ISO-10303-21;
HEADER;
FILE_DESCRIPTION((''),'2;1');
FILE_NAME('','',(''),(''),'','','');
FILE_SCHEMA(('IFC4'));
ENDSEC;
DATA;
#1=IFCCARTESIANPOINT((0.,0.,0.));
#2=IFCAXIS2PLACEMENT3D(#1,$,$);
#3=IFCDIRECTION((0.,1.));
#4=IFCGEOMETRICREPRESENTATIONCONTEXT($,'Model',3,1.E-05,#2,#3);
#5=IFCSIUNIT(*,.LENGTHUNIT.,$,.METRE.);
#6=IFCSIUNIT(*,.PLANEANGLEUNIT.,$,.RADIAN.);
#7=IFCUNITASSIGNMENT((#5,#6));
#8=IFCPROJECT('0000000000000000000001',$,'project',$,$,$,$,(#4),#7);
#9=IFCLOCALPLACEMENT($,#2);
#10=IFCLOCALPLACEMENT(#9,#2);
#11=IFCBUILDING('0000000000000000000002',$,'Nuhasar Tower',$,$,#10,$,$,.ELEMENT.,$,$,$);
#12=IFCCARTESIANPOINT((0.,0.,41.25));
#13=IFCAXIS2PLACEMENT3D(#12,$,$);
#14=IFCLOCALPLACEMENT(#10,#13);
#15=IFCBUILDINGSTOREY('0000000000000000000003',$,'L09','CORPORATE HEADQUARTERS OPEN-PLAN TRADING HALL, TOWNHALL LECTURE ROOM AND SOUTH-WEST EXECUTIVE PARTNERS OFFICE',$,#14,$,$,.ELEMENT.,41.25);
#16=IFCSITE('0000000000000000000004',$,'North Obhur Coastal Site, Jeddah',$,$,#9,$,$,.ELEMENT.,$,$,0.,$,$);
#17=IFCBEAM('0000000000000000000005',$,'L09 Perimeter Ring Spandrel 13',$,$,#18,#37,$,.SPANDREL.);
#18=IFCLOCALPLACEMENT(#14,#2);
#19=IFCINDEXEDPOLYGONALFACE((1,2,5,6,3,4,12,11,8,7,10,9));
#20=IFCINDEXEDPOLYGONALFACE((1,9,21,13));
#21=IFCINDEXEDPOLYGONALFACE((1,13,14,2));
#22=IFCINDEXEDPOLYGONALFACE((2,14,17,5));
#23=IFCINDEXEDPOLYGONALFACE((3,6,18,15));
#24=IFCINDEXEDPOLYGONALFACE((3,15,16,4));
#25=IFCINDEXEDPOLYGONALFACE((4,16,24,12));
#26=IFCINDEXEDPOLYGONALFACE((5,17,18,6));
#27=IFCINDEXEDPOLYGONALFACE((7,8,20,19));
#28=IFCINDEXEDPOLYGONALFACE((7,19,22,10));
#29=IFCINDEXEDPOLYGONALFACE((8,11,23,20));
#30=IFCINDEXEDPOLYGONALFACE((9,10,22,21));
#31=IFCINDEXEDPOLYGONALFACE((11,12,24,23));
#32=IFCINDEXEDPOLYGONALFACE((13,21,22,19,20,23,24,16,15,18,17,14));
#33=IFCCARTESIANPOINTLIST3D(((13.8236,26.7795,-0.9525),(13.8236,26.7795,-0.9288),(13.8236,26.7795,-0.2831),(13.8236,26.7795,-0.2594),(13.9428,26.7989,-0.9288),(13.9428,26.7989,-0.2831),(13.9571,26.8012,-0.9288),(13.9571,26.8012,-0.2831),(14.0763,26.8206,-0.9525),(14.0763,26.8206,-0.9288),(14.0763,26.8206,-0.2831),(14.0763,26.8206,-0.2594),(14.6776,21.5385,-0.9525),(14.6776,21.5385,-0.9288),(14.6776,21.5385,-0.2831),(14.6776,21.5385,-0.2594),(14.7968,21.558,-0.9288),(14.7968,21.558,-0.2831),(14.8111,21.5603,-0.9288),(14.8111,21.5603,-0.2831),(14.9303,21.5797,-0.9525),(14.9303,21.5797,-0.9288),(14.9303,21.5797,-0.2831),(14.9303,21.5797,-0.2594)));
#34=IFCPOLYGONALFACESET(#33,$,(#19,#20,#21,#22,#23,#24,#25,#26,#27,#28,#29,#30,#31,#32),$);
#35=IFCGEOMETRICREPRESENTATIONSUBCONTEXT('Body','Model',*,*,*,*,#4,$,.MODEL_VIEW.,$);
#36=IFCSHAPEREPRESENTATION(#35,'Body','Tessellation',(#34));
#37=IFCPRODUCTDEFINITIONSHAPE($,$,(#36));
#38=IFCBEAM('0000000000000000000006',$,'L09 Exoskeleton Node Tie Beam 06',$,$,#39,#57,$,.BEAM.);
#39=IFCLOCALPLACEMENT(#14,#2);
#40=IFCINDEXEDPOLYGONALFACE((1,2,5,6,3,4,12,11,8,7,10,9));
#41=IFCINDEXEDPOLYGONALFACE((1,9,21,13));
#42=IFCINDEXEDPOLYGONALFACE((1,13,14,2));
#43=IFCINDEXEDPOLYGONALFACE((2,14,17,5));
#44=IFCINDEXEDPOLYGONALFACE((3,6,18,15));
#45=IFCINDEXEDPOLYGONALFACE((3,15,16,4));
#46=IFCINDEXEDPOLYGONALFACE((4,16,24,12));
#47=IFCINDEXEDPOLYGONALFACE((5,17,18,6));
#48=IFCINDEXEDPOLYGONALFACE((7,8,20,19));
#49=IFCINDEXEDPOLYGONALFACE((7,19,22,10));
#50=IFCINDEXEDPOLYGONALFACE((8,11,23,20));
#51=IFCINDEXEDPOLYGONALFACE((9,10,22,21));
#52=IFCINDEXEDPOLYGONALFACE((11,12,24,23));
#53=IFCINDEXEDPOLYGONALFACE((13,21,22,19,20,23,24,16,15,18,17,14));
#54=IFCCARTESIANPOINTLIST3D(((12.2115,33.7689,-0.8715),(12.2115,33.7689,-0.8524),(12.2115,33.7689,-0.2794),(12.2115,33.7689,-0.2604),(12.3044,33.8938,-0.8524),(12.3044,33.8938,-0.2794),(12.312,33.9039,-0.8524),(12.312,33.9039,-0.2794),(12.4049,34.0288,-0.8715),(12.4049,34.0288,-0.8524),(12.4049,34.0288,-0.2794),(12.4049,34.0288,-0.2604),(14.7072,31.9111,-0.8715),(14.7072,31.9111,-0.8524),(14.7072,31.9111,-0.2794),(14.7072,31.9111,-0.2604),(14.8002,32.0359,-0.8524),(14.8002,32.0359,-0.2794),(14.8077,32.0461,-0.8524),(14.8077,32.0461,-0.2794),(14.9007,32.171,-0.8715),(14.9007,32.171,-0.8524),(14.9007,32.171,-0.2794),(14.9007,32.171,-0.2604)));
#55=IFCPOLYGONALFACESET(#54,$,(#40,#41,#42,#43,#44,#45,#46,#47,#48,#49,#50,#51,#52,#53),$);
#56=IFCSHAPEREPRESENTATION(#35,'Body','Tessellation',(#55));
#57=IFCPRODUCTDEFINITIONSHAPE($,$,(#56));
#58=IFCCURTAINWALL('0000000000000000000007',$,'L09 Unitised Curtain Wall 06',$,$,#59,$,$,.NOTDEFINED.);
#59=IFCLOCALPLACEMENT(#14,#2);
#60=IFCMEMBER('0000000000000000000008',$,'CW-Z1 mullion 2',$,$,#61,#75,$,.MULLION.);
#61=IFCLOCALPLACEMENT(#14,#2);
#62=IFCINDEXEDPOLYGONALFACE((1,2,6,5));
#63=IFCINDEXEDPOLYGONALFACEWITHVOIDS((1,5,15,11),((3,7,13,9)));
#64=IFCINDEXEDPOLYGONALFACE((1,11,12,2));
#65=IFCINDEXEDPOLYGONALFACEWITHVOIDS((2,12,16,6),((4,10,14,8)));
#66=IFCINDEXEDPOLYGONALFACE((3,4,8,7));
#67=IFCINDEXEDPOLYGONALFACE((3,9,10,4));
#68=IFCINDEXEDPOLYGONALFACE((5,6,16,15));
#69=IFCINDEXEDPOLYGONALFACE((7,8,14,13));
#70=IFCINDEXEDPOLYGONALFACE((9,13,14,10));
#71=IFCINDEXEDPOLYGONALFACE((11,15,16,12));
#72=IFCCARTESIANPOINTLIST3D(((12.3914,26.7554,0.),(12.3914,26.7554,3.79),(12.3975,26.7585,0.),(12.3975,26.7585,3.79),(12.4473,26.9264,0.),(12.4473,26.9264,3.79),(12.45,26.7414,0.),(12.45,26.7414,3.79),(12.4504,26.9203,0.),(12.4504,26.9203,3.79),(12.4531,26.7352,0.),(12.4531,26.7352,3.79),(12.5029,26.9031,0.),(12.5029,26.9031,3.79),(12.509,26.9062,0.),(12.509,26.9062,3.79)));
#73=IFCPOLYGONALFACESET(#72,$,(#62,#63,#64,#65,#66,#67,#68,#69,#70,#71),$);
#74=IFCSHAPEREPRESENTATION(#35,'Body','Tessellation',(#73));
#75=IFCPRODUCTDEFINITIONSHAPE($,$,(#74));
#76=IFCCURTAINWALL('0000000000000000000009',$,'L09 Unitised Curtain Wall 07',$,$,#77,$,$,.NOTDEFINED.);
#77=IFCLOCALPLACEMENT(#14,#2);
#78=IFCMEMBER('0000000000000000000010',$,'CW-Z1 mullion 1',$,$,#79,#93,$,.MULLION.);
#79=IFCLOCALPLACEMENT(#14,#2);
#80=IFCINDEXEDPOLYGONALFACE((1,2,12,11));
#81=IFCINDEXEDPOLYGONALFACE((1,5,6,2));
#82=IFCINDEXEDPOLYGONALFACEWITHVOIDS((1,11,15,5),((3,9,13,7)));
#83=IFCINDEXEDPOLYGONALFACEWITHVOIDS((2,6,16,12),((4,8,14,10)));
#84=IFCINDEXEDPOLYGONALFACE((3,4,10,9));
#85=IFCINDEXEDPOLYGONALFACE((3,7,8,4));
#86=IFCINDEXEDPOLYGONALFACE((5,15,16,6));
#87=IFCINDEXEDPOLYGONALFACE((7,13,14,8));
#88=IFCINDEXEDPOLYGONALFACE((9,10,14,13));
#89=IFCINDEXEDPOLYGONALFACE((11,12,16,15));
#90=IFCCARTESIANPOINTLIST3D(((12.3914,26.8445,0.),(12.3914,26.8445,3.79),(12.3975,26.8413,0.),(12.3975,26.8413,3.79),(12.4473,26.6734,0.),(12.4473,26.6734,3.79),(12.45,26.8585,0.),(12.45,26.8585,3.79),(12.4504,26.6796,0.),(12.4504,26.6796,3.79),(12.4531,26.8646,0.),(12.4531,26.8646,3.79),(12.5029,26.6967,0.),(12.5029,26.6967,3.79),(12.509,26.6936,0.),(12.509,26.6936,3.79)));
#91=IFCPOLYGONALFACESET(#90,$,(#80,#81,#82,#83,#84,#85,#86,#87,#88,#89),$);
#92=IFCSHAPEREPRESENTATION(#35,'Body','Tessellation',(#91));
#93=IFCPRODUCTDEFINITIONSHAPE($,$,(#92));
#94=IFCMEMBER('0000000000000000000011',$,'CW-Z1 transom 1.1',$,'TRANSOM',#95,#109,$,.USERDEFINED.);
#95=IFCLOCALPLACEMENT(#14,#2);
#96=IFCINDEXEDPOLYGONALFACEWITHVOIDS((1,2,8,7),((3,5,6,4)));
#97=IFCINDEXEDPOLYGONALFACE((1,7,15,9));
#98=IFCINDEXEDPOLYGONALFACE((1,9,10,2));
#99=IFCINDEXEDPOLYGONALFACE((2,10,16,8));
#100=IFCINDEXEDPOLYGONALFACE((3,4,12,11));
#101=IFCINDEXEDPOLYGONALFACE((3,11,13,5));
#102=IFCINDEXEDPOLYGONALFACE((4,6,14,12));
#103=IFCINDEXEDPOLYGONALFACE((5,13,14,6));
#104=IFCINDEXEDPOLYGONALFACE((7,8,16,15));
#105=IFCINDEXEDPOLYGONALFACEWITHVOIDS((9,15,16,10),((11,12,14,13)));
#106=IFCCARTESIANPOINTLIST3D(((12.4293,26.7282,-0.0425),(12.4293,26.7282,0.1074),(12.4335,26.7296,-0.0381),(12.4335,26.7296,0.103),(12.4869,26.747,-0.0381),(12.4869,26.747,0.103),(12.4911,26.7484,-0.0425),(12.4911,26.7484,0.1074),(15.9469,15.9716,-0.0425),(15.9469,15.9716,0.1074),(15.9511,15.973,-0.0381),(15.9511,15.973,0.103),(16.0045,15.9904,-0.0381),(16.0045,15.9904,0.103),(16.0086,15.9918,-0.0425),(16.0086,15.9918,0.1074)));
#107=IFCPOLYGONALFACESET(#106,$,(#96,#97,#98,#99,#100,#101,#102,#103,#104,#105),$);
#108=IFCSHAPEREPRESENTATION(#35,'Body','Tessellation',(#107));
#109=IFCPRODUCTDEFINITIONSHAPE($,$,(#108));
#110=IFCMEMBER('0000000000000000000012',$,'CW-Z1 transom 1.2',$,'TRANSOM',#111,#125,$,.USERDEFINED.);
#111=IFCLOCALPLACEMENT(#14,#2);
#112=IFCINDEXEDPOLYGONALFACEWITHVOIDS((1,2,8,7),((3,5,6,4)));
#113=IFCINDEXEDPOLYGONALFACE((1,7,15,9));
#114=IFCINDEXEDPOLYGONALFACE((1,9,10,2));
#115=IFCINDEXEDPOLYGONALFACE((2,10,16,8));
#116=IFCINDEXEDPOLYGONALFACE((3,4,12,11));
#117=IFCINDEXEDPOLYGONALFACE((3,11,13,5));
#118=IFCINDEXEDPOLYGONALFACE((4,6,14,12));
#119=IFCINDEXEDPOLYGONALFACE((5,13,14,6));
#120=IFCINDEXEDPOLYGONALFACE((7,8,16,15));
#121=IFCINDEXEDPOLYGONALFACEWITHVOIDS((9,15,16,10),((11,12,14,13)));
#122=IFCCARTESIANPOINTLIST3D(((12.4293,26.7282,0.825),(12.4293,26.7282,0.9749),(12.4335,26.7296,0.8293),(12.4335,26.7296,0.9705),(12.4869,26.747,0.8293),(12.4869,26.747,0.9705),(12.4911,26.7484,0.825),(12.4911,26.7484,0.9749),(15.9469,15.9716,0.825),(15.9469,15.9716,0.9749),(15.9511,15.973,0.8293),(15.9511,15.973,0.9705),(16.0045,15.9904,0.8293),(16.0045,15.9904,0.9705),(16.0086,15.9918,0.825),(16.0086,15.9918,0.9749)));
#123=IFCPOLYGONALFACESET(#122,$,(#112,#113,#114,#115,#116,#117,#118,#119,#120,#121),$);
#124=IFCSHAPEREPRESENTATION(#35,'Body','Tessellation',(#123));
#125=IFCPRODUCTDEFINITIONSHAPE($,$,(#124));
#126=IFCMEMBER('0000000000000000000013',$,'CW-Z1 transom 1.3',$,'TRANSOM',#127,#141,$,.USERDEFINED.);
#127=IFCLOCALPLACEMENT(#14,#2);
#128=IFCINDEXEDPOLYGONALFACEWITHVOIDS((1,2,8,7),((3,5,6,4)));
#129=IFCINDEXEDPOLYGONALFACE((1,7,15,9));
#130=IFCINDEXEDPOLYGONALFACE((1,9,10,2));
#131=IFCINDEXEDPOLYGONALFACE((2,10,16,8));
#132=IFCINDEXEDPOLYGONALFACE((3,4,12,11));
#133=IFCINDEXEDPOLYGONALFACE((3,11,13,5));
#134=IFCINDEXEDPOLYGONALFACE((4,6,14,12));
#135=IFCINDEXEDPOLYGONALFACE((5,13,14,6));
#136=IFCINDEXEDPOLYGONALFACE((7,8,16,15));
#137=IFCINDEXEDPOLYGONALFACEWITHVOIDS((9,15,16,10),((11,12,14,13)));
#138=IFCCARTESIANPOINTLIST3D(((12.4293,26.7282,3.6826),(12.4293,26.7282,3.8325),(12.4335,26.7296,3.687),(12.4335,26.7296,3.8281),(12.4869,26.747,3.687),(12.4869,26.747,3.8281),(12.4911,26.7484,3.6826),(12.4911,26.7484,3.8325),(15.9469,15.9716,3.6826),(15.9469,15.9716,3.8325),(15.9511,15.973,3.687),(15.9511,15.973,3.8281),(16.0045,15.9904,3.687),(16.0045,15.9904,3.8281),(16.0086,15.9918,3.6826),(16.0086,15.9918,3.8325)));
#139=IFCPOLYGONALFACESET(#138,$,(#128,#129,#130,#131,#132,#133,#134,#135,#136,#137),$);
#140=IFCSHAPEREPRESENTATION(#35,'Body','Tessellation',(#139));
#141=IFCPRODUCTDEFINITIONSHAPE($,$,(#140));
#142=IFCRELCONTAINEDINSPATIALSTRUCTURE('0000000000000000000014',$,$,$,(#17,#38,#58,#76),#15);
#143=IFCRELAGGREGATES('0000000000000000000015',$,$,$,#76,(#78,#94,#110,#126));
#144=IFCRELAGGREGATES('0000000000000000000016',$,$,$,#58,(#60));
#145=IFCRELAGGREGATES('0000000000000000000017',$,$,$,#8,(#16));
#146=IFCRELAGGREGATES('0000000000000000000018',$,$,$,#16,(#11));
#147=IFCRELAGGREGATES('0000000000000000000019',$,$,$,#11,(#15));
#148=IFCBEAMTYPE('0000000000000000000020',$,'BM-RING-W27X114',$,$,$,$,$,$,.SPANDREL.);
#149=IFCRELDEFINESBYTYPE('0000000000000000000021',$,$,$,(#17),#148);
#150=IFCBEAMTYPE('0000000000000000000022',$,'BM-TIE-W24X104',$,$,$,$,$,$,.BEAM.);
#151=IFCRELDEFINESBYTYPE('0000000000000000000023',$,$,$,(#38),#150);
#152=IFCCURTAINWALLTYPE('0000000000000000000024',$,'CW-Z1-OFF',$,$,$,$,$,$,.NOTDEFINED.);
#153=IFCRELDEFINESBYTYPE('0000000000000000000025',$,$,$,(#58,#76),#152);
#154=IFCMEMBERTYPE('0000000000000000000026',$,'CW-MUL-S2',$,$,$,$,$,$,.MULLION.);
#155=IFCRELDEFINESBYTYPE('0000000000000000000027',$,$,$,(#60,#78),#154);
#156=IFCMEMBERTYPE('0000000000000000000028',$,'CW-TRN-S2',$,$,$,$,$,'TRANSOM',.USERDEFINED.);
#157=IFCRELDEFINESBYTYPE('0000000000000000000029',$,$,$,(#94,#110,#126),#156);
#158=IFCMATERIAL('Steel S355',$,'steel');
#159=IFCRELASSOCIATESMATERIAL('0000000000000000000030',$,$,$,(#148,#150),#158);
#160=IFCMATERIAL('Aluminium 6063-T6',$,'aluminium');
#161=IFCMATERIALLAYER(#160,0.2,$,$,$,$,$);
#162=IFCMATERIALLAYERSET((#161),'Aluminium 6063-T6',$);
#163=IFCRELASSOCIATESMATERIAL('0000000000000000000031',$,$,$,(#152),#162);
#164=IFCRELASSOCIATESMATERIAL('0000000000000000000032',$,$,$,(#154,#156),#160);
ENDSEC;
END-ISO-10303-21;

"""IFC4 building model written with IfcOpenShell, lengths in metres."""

from ifc_helpers import new_model, si_unit, direction, frame, origin, origin_2d, place, context, subcontext, project, spatial, hollow_rectangle, i_section, extrude, material, layer, layer_set, material_profile, profile_set, type_object, element, aggregate, save


model = new_model("IFC4")

# Units and contexts
model_context = context("Model", 3, precision=1e-05, world=origin(), true_north=direction((0.0, 1.0)))
body_context = subcontext(model_context, "Body", "Model", "MODEL_VIEW")
ifc_project = project(units=[si_unit("LENGTHUNIT", "METRE"), si_unit("PLANEANGLEUNIT", "RADIAN")], contexts=[model_context])

# Site, building, storey
site_placement = place(None, origin())
site = spatial("IfcSite", under=ifc_project, at=site_placement, Name="North Obhur Coastal Site, Jeddah", CompositionType="ELEMENT", RefElevation=0.0)
building_placement = place(site_placement, origin())
building = spatial("IfcBuilding", under=site, at=building_placement, Name="Nuhasar Tower", CompositionType="ELEMENT")
storey_placement = place(building_placement, frame((0.0, 0.0, 41.25)))
storey = spatial("IfcBuildingStorey", under=building, at=storey_placement, Name="L09", Description="CORPORATE HEADQUARTERS OPEN-PLAN TRADING HALL, TOWNHALL LECTURE ROOM AND SOUTH-WEST EXECUTIVE PARTNERS OFFICE", CompositionType="ELEMENT", Elevation=41.25)

# Beams
ifc_material_1 = material(Name="Steel S355", Category="steel")
ifc_material_profile_1 = material_profile(ifc_material_1, i_section(OverallWidth=0.2561, OverallDepth=0.6931, WebThickness=0.0144, FlangeThickness=0.0237, at=origin_2d()), Name="W27X114")
ifc_profile_set_1 = profile_set([ifc_material_profile_1], Name="Steel S355")
beam_type_1 = type_object("IfcBeamType", Name="BM-RING-W27X114", PredefinedType="SPANDREL", material=ifc_profile_set_1)
for number, where, z_axis, x_axis, name in (
    (1, (13.95, 26.8, -0.606), (0.160827, -0.986983, 0.0), (0.986983, 0.160827, 0.0), "L09 Perimeter Ring Spandrel 13"),
):
    element("IfcBeam", number, at=place(storey_placement, frame(where, z_axis=z_axis, x_axis=x_axis)), inside=storey, type_object=beam_type_1, Name=name, PredefinedType="SPANDREL", context=body_context, shape_type="SweptSolid", body=[
        extrude(i_section(OverallWidth=0.2561, OverallDepth=0.6931, WebThickness=0.0144, FlangeThickness=0.0237, at=origin_2d()), origin(), (0.0, 0.0, 1.0), 5.3101),
    ])
ifc_material_profile_2 = material_profile(ifc_material_1, i_section(OverallWidth=0.324, OverallDepth=0.6111, WebThickness=0.0127, FlangeThickness=0.019, at=origin_2d()), Name="W24X104")
ifc_profile_set_2 = profile_set([ifc_material_profile_2], Name="Steel S355")
beam_type_2 = type_object("IfcBeamType", Name="BM-TIE-W24X104", PredefinedType="BEAM", material=ifc_profile_set_2)
beam_1_placement = place(storey_placement, frame((14.804, 32.041, -0.5659), z_axis=(-0.802151, 0.597121, 0.0), x_axis=(-0.597121, -0.802151, 0.0)))
element("IfcBeam", 2, at=beam_1_placement, inside=storey, type_object=beam_type_2, Name="L09 Exoskeleton Node Tie Beam 06", PredefinedType="BEAM", context=body_context, shape_type="SweptSolid", body=[
    extrude(i_section(OverallWidth=0.324, OverallDepth=0.6111, WebThickness=0.0127, FlangeThickness=0.019, at=origin_2d()), origin(), (0.0, 0.0, 1.0), 3.1113),
])

# Curtain wall, member
ifc_material_2 = material(Name="Aluminium 6063-T6", Category="aluminium")
ifc_layer_1 = layer(ifc_material_2, 0.2)
ifc_layer_set_1 = layer_set([ifc_layer_1], Name="Aluminium 6063-T6")
curtain_wall_type = type_object("IfcCurtainWallType", Name="CW-Z1-OFF", PredefinedType="NOTDEFINED", material=ifc_layer_set_1)
curtain_wall_1_placement = place(storey_placement, origin())
curtain_wall_1 = element("IfcCurtainWall", 3, at=curtain_wall_1_placement, inside=storey, type_object=curtain_wall_type, Name="L09 Unitised Curtain Wall 06", PredefinedType="NOTDEFINED")
ifc_material_profile_3 = material_profile(ifc_material_2, hollow_rectangle(XDim=0.0649, YDim=0.1799, WallThickness=0.0049, at=origin_2d()), Name="CWM-2")
ifc_profile_set_3 = profile_set([ifc_material_profile_3], Name="Aluminium 6063-T6")
member_type_1 = type_object("IfcMemberType", Name="CW-MUL-S2", PredefinedType="MULLION", material=ifc_profile_set_3)
member_1_placement = place(storey_placement, frame((12.4502, 26.8308, 0.0), z_axis=(0.0, 0.0, 1.0), x_axis=(0.950468, -0.310824, 0.0)))
member_1 = element("IfcMember", 4, at=member_1_placement, type_object=member_type_1, Name="CW-Z1 mullion 2", PredefinedType="MULLION", context=body_context, shape_type="SweptSolid", body=[
    extrude(hollow_rectangle(XDim=0.0649, YDim=0.1799, WallThickness=0.0049, at=origin_2d()), origin(), (0.0, 0.0, 1.0), 3.79),
])

# Curtain wall, members
curtain_wall_2_placement = place(storey_placement, origin())
curtain_wall_2 = element("IfcCurtainWall", 5, at=curtain_wall_2_placement, inside=storey, type_object=curtain_wall_type, Name="L09 Unitised Curtain Wall 07", PredefinedType="NOTDEFINED")
member_2_placement = place(storey_placement, frame((12.4502, 26.769, 0.0), z_axis=(0.0, 0.0, 1.0), x_axis=(0.950468, 0.310824, 0.0)))
member_2 = element("IfcMember", 6, at=member_2_placement, type_object=member_type_1, Name="CW-Z1 mullion 1", PredefinedType="MULLION", context=body_context, shape_type="SweptSolid", body=[
    extrude(hollow_rectangle(XDim=0.0649, YDim=0.1799, WallThickness=0.0049, at=origin_2d()), origin(), (0.0, 0.0, 1.0), 3.79),
])
ifc_material_profile_4 = material_profile(ifc_material_2, hollow_rectangle(XDim=0.0649, YDim=0.1499, WallThickness=0.0044, at=origin_2d()), Name="CWT-2")
ifc_profile_set_4 = profile_set([ifc_material_profile_4], Name="Aluminium 6063-T6")
member_type_2 = type_object("IfcMemberType", Name="CW-TRN-S2", ElementType="TRANSOM", PredefinedType="USERDEFINED", material=ifc_profile_set_4)
member_3_placement = place(storey_placement, frame((12.4602, 26.7383, 0.0325), z_axis=(0.310819, -0.950469, 0.0), x_axis=(0.950469, 0.310819, 0.0)))
member_3 = element("IfcMember", 7, at=member_3_placement, type_object=member_type_2, Name="CW-Z1 transom 1.1", ObjectType="TRANSOM", PredefinedType="USERDEFINED", context=body_context, shape_type="SweptSolid", body=[
    extrude(hollow_rectangle(XDim=0.0649, YDim=0.1499, WallThickness=0.0044, at=origin_2d()), origin(), (0.0, 0.0, 1.0), 11.3171),
])
member_4_placement = place(storey_placement, frame((12.4602, 26.7383, 0.8999), z_axis=(0.310819, -0.950469, 0.0), x_axis=(0.950469, 0.310819, 0.0)))
member_4 = element("IfcMember", 8, at=member_4_placement, type_object=member_type_2, Name="CW-Z1 transom 1.2", ObjectType="TRANSOM", PredefinedType="USERDEFINED", context=body_context, shape_type="SweptSolid", body=[
    extrude(hollow_rectangle(XDim=0.0649, YDim=0.1499, WallThickness=0.0044, at=origin_2d()), origin(), (0.0, 0.0, 1.0), 11.3171),
])
member_5_placement = place(storey_placement, frame((12.4602, 26.7383, 3.7576), z_axis=(0.310819, -0.950469, 0.0), x_axis=(0.950469, 0.310819, 0.0)))
member_5 = element("IfcMember", 9, at=member_5_placement, type_object=member_type_2, Name="CW-Z1 transom 1.3", ObjectType="TRANSOM", PredefinedType="USERDEFINED", context=body_context, shape_type="SweptSolid", body=[
    extrude(hollow_rectangle(XDim=0.0649, YDim=0.1499, WallThickness=0.0044, at=origin_2d()), origin(), (0.0, 0.0, 1.0), 11.3171),
])
aggregate(curtain_wall_2, [member_2, member_3, member_4, member_5])

aggregate(curtain_wall_1, [member_1])

save(model, "model.ifc")
